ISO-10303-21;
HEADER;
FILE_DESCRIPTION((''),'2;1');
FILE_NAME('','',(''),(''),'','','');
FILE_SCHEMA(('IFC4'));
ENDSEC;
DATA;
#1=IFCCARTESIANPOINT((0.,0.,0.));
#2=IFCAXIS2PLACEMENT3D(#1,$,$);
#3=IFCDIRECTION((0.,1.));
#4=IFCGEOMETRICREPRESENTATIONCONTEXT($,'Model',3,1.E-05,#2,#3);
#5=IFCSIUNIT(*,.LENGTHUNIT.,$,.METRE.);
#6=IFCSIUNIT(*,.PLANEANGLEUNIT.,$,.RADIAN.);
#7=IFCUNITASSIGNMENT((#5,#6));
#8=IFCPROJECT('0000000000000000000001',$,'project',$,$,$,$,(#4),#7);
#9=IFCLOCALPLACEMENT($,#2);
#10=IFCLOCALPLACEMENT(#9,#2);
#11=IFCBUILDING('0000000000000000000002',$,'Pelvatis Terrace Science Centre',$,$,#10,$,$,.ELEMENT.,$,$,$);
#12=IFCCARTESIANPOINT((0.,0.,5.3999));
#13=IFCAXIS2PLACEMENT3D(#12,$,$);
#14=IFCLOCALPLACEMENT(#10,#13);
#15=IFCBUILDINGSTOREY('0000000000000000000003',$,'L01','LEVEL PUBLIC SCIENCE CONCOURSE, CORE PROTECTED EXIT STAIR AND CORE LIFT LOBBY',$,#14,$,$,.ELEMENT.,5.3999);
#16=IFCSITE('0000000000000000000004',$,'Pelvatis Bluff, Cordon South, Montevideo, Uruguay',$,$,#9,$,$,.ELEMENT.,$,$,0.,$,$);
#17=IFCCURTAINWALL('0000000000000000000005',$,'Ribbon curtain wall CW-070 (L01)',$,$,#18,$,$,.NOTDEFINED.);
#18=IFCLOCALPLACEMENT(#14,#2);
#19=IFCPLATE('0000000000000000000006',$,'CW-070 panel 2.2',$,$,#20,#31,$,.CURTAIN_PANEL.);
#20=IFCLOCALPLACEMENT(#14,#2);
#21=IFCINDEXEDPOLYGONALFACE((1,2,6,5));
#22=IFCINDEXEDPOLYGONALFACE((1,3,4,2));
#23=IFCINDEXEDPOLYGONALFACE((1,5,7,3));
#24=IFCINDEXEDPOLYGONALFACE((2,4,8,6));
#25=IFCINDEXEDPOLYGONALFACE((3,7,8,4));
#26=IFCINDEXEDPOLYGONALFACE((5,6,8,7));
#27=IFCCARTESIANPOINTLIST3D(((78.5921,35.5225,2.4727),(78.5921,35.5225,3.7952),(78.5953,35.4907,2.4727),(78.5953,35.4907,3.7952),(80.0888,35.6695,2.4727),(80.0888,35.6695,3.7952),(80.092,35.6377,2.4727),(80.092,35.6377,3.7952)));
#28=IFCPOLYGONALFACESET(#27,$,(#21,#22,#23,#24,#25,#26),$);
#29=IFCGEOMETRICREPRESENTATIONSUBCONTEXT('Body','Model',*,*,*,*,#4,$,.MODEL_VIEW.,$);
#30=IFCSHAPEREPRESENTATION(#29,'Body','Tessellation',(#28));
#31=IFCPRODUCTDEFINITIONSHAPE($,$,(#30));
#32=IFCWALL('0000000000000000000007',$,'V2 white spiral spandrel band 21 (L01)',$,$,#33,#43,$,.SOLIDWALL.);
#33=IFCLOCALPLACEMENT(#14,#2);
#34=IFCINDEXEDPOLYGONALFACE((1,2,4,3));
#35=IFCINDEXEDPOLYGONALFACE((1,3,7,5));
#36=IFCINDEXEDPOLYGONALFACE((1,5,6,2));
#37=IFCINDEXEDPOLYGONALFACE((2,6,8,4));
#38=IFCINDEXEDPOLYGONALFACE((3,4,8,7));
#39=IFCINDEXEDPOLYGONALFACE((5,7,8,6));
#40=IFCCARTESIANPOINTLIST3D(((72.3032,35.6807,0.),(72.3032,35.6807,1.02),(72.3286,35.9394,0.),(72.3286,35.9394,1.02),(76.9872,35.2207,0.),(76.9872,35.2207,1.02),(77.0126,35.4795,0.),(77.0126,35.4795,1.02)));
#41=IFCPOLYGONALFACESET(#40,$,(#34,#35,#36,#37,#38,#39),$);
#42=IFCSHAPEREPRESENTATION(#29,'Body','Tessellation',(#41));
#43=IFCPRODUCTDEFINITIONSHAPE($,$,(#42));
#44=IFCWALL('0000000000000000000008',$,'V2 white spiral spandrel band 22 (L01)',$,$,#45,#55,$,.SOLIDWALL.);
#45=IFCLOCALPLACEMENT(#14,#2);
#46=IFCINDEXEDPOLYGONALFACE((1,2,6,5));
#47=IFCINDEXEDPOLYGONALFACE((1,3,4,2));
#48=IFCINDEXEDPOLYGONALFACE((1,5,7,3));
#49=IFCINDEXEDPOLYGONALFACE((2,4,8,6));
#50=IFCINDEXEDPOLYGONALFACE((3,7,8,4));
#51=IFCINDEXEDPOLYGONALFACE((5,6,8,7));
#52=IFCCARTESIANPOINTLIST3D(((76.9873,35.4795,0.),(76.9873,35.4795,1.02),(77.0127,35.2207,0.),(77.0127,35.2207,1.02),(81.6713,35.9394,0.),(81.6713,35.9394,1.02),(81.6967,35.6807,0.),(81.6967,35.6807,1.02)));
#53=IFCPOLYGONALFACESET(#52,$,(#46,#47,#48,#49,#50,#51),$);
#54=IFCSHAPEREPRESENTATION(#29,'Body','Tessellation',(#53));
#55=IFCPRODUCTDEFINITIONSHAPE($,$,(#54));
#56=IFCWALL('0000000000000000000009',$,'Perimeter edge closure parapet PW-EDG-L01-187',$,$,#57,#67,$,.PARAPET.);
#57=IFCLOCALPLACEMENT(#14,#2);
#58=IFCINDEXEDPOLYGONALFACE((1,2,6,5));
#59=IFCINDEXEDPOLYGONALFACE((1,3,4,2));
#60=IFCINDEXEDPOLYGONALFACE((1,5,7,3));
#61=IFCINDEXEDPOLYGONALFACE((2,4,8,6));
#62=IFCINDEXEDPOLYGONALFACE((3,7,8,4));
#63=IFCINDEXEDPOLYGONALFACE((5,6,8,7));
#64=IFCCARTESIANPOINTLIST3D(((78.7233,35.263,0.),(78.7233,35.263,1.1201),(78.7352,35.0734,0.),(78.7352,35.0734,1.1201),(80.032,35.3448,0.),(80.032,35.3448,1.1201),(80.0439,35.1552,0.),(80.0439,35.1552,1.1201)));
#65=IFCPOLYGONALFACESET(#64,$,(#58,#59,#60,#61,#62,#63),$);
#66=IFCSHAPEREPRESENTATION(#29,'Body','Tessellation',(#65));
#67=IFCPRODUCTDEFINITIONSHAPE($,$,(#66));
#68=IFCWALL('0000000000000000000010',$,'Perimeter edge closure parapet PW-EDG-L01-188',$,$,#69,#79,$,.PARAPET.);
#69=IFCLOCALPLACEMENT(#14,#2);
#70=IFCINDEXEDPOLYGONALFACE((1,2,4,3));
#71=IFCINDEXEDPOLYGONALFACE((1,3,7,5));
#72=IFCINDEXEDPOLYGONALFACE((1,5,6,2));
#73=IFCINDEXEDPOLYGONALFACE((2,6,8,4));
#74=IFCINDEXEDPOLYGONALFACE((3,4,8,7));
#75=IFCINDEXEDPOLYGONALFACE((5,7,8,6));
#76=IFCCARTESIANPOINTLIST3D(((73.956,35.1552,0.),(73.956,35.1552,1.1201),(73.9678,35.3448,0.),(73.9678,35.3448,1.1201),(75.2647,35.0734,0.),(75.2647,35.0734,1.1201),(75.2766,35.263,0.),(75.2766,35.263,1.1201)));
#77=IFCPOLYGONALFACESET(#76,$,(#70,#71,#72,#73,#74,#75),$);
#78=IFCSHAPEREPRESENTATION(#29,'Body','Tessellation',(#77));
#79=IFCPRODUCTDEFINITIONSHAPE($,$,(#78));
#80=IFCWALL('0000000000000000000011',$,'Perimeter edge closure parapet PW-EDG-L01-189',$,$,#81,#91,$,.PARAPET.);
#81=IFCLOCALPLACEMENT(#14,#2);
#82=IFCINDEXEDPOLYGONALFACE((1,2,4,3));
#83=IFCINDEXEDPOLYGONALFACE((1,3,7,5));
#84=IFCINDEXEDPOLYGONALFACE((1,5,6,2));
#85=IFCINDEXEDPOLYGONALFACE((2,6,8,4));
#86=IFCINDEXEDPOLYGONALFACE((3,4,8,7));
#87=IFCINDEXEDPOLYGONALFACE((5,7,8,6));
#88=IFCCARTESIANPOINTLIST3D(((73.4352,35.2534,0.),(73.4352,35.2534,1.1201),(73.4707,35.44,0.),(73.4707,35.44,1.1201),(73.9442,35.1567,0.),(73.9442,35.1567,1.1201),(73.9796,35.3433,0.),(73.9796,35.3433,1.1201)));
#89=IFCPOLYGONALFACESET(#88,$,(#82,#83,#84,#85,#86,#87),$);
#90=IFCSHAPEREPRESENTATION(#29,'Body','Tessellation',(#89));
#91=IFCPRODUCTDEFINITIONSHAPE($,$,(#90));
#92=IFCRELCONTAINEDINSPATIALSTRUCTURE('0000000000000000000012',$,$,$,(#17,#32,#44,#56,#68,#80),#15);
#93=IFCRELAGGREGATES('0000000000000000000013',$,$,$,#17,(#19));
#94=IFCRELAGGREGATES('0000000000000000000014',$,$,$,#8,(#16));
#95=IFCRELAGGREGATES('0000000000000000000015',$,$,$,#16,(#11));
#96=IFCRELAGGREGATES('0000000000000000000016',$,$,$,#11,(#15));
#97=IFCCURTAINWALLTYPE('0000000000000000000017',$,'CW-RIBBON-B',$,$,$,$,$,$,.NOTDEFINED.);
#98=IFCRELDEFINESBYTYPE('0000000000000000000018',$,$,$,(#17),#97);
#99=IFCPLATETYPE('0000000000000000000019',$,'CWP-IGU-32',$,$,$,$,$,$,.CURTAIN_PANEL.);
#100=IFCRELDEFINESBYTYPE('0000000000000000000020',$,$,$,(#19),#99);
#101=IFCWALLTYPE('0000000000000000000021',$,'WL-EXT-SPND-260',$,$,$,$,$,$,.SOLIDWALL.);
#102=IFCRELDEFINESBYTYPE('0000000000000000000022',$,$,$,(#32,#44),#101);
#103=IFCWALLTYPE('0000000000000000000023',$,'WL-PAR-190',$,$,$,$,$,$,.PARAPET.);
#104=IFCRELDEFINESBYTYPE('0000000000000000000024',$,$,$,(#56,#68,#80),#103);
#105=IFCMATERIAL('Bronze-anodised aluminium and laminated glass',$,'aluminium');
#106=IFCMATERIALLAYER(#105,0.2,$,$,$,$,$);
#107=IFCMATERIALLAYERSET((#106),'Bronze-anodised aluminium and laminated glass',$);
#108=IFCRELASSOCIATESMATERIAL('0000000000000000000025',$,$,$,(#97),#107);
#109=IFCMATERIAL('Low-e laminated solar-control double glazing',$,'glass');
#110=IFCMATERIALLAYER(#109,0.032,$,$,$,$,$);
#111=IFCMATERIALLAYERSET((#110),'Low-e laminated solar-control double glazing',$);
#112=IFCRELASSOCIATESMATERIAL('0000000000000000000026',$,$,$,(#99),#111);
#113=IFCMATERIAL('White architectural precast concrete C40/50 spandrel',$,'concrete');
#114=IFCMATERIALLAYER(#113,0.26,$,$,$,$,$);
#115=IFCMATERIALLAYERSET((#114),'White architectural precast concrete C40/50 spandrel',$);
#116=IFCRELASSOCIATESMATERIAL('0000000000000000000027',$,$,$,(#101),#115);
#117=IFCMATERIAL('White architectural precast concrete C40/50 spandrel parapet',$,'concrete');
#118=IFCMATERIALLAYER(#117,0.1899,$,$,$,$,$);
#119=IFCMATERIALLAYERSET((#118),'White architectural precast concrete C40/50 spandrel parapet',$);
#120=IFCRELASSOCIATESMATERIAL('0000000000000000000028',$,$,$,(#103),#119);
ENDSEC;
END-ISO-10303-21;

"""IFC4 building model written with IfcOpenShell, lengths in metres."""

from ifc_helpers import new_model, si_unit, direction, frame, frame_2d, origin, origin_2d, place, context, subcontext, project, spatial, rectangle, extrude, material, layer, layer_set, type_object, element, aggregate, save


model = new_model("IFC4")

# Units and contexts
model_context = context("Model", 3, precision=1e-05, world=origin(), true_north=direction((0.0, 1.0)))
body_context = subcontext(model_context, "Body", "Model", "MODEL_VIEW")
ifc_project = project(units=[si_unit("LENGTHUNIT", "METRE"), si_unit("PLANEANGLEUNIT", "RADIAN")], contexts=[model_context])

# Site, building, storey
site_placement = place(None, origin())
site = spatial("IfcSite", under=ifc_project, at=site_placement, Name="Pelvatis Bluff, Cordon South, Montevideo, Uruguay", CompositionType="ELEMENT", RefElevation=0.0)
building_placement = place(site_placement, origin())
building = spatial("IfcBuilding", under=site, at=building_placement, Name="Pelvatis Terrace Science Centre", CompositionType="ELEMENT")
storey_placement = place(building_placement, frame((0.0, 0.0, 5.3999)))
storey = spatial("IfcBuildingStorey", under=building, at=storey_placement, Name="L01", Description="LEVEL PUBLIC SCIENCE CONCOURSE, CORE PROTECTED EXIT STAIR AND CORE LIFT LOBBY", CompositionType="ELEMENT", Elevation=5.3999)

# Curtain wall
ifc_material_1 = material(Name="Bronze-anodised aluminium and laminated glass", Category="aluminium")
ifc_layer_1 = layer(ifc_material_1, 0.2)
ifc_layer_set_1 = layer_set([ifc_layer_1], Name="Bronze-anodised aluminium and laminated glass")
curtain_wall_type = type_object("IfcCurtainWallType", Name="CW-RIBBON-B", PredefinedType="NOTDEFINED", material=ifc_layer_set_1)
curtain_wall_1_placement = place(storey_placement, origin())
curtain_wall_1 = element("IfcCurtainWall", 1, at=curtain_wall_1_placement, inside=storey, type_object=curtain_wall_type, Name="Ribbon curtain wall CW-070 (L01)", PredefinedType="NOTDEFINED")

# Plate
ifc_material_2 = material(Name="Low-e laminated solar-control double glazing", Category="glass")
ifc_layer_2 = layer(ifc_material_2, 0.032)
ifc_layer_set_2 = layer_set([ifc_layer_2], Name="Low-e laminated solar-control double glazing")
plate_type = type_object("IfcPlateType", Name="CWP-IGU-32", PredefinedType="CURTAIN_PANEL", material=ifc_layer_set_2)
plate_1_placement = place(storey_placement, frame((79.342, 35.5801, 2.4727), z_axis=(0.0, 0.0, 1.0), x_axis=(0.99521, 0.097755, 0.0)))
plate_1 = element("IfcPlate", 2, at=plate_1_placement, type_object=plate_type, Name="CW-070 panel 2.2", PredefinedType="CURTAIN_PANEL", context=body_context, shape_type="SweptSolid", body=[
    extrude(rectangle(XDim=1.5039, YDim=0.032, at=origin_2d()), origin(), (0.0, 0.0, 1.0), 1.3225),
])
aggregate(curtain_wall_1, [plate_1])

# Walls
ifc_material_3 = material(Name="White architectural precast concrete C40/50 spandrel", Category="concrete")
ifc_layer_3 = layer(ifc_material_3, 0.26)
ifc_layer_set_3 = layer_set([ifc_layer_3], Name="White architectural precast concrete C40/50 spandrel")
wall_type_1 = type_object("IfcWallType", Name="WL-EXT-SPND-260", PredefinedType="SOLIDWALL", material=ifc_layer_set_3)
for number, where, z_axis, x_axis, name in (
    (3, (72.3159, 35.8101, 0.0), (0.0, 0.0, 1.0), (0.995213, -0.097727, 0.0), "V2 white spiral spandrel band 21 (L01)"),
    (4, (77.0, 35.3501, 0.0), (0.0, 0.0, 1.0), (0.995213, 0.097727, 0.0), "V2 white spiral spandrel band 22 (L01)"),
):
    element("IfcWall", number, at=place(storey_placement, frame(where, z_axis=z_axis, x_axis=x_axis)), inside=storey, type_object=wall_type_1, Name=name, PredefinedType="SOLIDWALL", context=body_context, shape_type="SweptSolid", body=[
        extrude(rectangle(XDim=4.7065, YDim=0.26, at=frame_2d((2.3533, 0.0))), origin(), (0.0, 0.0, 1.0), 1.02),
    ])
ifc_material_4 = material(Name="White architectural precast concrete C40/50 spandrel parapet", Category="concrete")
ifc_layer_4 = layer(ifc_material_4, 0.1899)
ifc_layer_set_4 = layer_set([ifc_layer_4], Name="White architectural precast concrete C40/50 spandrel parapet")
wall_type_2 = type_object("IfcWallType", Name="WL-PAR-190", PredefinedType="PARAPET", material=ifc_layer_set_4)
for number, where, z_axis, x_axis, name in (
    (5, (80.0381, 35.25, 0.0), (0.0, 0.0, 1.0), (-0.998053, -0.062367, 0.0), "Perimeter edge closure parapet PW-EDG-L01-187"),
    (6, (75.2708, 35.1682, 0.0), (0.0, 0.0, 1.0), (-0.998053, 0.062367, 0.0), "Perimeter edge closure parapet PW-EDG-L01-188"),
):
    element("IfcWall", number, at=place(storey_placement, frame(where, z_axis=z_axis, x_axis=x_axis)), inside=storey, type_object=wall_type_2, Name=name, PredefinedType="PARAPET", context=body_context, shape_type="SweptSolid", body=[
        extrude(rectangle(XDim=1.3113, YDim=0.1899, at=frame_2d((0.6558, 0.0))), origin(), (0.0, 0.0, 1.0), 1.1201),
    ])
wall_placement = place(storey_placement, frame((73.9619, 35.25, 0.0), z_axis=(0.0, 0.0, 1.0), x_axis=(-0.982437, 0.186592, 0.0)))
element("IfcWall", 7, at=wall_placement, inside=storey, type_object=wall_type_2, Name="Perimeter edge closure parapet PW-EDG-L01-189", PredefinedType="PARAPET", context=body_context, shape_type="SweptSolid", body=[
    extrude(rectangle(XDim=0.5181, YDim=0.1899, at=frame_2d((0.259, 0.0))), origin(), (0.0, 0.0, 1.0), 1.1201),
])

save(model, "model.ifc")
